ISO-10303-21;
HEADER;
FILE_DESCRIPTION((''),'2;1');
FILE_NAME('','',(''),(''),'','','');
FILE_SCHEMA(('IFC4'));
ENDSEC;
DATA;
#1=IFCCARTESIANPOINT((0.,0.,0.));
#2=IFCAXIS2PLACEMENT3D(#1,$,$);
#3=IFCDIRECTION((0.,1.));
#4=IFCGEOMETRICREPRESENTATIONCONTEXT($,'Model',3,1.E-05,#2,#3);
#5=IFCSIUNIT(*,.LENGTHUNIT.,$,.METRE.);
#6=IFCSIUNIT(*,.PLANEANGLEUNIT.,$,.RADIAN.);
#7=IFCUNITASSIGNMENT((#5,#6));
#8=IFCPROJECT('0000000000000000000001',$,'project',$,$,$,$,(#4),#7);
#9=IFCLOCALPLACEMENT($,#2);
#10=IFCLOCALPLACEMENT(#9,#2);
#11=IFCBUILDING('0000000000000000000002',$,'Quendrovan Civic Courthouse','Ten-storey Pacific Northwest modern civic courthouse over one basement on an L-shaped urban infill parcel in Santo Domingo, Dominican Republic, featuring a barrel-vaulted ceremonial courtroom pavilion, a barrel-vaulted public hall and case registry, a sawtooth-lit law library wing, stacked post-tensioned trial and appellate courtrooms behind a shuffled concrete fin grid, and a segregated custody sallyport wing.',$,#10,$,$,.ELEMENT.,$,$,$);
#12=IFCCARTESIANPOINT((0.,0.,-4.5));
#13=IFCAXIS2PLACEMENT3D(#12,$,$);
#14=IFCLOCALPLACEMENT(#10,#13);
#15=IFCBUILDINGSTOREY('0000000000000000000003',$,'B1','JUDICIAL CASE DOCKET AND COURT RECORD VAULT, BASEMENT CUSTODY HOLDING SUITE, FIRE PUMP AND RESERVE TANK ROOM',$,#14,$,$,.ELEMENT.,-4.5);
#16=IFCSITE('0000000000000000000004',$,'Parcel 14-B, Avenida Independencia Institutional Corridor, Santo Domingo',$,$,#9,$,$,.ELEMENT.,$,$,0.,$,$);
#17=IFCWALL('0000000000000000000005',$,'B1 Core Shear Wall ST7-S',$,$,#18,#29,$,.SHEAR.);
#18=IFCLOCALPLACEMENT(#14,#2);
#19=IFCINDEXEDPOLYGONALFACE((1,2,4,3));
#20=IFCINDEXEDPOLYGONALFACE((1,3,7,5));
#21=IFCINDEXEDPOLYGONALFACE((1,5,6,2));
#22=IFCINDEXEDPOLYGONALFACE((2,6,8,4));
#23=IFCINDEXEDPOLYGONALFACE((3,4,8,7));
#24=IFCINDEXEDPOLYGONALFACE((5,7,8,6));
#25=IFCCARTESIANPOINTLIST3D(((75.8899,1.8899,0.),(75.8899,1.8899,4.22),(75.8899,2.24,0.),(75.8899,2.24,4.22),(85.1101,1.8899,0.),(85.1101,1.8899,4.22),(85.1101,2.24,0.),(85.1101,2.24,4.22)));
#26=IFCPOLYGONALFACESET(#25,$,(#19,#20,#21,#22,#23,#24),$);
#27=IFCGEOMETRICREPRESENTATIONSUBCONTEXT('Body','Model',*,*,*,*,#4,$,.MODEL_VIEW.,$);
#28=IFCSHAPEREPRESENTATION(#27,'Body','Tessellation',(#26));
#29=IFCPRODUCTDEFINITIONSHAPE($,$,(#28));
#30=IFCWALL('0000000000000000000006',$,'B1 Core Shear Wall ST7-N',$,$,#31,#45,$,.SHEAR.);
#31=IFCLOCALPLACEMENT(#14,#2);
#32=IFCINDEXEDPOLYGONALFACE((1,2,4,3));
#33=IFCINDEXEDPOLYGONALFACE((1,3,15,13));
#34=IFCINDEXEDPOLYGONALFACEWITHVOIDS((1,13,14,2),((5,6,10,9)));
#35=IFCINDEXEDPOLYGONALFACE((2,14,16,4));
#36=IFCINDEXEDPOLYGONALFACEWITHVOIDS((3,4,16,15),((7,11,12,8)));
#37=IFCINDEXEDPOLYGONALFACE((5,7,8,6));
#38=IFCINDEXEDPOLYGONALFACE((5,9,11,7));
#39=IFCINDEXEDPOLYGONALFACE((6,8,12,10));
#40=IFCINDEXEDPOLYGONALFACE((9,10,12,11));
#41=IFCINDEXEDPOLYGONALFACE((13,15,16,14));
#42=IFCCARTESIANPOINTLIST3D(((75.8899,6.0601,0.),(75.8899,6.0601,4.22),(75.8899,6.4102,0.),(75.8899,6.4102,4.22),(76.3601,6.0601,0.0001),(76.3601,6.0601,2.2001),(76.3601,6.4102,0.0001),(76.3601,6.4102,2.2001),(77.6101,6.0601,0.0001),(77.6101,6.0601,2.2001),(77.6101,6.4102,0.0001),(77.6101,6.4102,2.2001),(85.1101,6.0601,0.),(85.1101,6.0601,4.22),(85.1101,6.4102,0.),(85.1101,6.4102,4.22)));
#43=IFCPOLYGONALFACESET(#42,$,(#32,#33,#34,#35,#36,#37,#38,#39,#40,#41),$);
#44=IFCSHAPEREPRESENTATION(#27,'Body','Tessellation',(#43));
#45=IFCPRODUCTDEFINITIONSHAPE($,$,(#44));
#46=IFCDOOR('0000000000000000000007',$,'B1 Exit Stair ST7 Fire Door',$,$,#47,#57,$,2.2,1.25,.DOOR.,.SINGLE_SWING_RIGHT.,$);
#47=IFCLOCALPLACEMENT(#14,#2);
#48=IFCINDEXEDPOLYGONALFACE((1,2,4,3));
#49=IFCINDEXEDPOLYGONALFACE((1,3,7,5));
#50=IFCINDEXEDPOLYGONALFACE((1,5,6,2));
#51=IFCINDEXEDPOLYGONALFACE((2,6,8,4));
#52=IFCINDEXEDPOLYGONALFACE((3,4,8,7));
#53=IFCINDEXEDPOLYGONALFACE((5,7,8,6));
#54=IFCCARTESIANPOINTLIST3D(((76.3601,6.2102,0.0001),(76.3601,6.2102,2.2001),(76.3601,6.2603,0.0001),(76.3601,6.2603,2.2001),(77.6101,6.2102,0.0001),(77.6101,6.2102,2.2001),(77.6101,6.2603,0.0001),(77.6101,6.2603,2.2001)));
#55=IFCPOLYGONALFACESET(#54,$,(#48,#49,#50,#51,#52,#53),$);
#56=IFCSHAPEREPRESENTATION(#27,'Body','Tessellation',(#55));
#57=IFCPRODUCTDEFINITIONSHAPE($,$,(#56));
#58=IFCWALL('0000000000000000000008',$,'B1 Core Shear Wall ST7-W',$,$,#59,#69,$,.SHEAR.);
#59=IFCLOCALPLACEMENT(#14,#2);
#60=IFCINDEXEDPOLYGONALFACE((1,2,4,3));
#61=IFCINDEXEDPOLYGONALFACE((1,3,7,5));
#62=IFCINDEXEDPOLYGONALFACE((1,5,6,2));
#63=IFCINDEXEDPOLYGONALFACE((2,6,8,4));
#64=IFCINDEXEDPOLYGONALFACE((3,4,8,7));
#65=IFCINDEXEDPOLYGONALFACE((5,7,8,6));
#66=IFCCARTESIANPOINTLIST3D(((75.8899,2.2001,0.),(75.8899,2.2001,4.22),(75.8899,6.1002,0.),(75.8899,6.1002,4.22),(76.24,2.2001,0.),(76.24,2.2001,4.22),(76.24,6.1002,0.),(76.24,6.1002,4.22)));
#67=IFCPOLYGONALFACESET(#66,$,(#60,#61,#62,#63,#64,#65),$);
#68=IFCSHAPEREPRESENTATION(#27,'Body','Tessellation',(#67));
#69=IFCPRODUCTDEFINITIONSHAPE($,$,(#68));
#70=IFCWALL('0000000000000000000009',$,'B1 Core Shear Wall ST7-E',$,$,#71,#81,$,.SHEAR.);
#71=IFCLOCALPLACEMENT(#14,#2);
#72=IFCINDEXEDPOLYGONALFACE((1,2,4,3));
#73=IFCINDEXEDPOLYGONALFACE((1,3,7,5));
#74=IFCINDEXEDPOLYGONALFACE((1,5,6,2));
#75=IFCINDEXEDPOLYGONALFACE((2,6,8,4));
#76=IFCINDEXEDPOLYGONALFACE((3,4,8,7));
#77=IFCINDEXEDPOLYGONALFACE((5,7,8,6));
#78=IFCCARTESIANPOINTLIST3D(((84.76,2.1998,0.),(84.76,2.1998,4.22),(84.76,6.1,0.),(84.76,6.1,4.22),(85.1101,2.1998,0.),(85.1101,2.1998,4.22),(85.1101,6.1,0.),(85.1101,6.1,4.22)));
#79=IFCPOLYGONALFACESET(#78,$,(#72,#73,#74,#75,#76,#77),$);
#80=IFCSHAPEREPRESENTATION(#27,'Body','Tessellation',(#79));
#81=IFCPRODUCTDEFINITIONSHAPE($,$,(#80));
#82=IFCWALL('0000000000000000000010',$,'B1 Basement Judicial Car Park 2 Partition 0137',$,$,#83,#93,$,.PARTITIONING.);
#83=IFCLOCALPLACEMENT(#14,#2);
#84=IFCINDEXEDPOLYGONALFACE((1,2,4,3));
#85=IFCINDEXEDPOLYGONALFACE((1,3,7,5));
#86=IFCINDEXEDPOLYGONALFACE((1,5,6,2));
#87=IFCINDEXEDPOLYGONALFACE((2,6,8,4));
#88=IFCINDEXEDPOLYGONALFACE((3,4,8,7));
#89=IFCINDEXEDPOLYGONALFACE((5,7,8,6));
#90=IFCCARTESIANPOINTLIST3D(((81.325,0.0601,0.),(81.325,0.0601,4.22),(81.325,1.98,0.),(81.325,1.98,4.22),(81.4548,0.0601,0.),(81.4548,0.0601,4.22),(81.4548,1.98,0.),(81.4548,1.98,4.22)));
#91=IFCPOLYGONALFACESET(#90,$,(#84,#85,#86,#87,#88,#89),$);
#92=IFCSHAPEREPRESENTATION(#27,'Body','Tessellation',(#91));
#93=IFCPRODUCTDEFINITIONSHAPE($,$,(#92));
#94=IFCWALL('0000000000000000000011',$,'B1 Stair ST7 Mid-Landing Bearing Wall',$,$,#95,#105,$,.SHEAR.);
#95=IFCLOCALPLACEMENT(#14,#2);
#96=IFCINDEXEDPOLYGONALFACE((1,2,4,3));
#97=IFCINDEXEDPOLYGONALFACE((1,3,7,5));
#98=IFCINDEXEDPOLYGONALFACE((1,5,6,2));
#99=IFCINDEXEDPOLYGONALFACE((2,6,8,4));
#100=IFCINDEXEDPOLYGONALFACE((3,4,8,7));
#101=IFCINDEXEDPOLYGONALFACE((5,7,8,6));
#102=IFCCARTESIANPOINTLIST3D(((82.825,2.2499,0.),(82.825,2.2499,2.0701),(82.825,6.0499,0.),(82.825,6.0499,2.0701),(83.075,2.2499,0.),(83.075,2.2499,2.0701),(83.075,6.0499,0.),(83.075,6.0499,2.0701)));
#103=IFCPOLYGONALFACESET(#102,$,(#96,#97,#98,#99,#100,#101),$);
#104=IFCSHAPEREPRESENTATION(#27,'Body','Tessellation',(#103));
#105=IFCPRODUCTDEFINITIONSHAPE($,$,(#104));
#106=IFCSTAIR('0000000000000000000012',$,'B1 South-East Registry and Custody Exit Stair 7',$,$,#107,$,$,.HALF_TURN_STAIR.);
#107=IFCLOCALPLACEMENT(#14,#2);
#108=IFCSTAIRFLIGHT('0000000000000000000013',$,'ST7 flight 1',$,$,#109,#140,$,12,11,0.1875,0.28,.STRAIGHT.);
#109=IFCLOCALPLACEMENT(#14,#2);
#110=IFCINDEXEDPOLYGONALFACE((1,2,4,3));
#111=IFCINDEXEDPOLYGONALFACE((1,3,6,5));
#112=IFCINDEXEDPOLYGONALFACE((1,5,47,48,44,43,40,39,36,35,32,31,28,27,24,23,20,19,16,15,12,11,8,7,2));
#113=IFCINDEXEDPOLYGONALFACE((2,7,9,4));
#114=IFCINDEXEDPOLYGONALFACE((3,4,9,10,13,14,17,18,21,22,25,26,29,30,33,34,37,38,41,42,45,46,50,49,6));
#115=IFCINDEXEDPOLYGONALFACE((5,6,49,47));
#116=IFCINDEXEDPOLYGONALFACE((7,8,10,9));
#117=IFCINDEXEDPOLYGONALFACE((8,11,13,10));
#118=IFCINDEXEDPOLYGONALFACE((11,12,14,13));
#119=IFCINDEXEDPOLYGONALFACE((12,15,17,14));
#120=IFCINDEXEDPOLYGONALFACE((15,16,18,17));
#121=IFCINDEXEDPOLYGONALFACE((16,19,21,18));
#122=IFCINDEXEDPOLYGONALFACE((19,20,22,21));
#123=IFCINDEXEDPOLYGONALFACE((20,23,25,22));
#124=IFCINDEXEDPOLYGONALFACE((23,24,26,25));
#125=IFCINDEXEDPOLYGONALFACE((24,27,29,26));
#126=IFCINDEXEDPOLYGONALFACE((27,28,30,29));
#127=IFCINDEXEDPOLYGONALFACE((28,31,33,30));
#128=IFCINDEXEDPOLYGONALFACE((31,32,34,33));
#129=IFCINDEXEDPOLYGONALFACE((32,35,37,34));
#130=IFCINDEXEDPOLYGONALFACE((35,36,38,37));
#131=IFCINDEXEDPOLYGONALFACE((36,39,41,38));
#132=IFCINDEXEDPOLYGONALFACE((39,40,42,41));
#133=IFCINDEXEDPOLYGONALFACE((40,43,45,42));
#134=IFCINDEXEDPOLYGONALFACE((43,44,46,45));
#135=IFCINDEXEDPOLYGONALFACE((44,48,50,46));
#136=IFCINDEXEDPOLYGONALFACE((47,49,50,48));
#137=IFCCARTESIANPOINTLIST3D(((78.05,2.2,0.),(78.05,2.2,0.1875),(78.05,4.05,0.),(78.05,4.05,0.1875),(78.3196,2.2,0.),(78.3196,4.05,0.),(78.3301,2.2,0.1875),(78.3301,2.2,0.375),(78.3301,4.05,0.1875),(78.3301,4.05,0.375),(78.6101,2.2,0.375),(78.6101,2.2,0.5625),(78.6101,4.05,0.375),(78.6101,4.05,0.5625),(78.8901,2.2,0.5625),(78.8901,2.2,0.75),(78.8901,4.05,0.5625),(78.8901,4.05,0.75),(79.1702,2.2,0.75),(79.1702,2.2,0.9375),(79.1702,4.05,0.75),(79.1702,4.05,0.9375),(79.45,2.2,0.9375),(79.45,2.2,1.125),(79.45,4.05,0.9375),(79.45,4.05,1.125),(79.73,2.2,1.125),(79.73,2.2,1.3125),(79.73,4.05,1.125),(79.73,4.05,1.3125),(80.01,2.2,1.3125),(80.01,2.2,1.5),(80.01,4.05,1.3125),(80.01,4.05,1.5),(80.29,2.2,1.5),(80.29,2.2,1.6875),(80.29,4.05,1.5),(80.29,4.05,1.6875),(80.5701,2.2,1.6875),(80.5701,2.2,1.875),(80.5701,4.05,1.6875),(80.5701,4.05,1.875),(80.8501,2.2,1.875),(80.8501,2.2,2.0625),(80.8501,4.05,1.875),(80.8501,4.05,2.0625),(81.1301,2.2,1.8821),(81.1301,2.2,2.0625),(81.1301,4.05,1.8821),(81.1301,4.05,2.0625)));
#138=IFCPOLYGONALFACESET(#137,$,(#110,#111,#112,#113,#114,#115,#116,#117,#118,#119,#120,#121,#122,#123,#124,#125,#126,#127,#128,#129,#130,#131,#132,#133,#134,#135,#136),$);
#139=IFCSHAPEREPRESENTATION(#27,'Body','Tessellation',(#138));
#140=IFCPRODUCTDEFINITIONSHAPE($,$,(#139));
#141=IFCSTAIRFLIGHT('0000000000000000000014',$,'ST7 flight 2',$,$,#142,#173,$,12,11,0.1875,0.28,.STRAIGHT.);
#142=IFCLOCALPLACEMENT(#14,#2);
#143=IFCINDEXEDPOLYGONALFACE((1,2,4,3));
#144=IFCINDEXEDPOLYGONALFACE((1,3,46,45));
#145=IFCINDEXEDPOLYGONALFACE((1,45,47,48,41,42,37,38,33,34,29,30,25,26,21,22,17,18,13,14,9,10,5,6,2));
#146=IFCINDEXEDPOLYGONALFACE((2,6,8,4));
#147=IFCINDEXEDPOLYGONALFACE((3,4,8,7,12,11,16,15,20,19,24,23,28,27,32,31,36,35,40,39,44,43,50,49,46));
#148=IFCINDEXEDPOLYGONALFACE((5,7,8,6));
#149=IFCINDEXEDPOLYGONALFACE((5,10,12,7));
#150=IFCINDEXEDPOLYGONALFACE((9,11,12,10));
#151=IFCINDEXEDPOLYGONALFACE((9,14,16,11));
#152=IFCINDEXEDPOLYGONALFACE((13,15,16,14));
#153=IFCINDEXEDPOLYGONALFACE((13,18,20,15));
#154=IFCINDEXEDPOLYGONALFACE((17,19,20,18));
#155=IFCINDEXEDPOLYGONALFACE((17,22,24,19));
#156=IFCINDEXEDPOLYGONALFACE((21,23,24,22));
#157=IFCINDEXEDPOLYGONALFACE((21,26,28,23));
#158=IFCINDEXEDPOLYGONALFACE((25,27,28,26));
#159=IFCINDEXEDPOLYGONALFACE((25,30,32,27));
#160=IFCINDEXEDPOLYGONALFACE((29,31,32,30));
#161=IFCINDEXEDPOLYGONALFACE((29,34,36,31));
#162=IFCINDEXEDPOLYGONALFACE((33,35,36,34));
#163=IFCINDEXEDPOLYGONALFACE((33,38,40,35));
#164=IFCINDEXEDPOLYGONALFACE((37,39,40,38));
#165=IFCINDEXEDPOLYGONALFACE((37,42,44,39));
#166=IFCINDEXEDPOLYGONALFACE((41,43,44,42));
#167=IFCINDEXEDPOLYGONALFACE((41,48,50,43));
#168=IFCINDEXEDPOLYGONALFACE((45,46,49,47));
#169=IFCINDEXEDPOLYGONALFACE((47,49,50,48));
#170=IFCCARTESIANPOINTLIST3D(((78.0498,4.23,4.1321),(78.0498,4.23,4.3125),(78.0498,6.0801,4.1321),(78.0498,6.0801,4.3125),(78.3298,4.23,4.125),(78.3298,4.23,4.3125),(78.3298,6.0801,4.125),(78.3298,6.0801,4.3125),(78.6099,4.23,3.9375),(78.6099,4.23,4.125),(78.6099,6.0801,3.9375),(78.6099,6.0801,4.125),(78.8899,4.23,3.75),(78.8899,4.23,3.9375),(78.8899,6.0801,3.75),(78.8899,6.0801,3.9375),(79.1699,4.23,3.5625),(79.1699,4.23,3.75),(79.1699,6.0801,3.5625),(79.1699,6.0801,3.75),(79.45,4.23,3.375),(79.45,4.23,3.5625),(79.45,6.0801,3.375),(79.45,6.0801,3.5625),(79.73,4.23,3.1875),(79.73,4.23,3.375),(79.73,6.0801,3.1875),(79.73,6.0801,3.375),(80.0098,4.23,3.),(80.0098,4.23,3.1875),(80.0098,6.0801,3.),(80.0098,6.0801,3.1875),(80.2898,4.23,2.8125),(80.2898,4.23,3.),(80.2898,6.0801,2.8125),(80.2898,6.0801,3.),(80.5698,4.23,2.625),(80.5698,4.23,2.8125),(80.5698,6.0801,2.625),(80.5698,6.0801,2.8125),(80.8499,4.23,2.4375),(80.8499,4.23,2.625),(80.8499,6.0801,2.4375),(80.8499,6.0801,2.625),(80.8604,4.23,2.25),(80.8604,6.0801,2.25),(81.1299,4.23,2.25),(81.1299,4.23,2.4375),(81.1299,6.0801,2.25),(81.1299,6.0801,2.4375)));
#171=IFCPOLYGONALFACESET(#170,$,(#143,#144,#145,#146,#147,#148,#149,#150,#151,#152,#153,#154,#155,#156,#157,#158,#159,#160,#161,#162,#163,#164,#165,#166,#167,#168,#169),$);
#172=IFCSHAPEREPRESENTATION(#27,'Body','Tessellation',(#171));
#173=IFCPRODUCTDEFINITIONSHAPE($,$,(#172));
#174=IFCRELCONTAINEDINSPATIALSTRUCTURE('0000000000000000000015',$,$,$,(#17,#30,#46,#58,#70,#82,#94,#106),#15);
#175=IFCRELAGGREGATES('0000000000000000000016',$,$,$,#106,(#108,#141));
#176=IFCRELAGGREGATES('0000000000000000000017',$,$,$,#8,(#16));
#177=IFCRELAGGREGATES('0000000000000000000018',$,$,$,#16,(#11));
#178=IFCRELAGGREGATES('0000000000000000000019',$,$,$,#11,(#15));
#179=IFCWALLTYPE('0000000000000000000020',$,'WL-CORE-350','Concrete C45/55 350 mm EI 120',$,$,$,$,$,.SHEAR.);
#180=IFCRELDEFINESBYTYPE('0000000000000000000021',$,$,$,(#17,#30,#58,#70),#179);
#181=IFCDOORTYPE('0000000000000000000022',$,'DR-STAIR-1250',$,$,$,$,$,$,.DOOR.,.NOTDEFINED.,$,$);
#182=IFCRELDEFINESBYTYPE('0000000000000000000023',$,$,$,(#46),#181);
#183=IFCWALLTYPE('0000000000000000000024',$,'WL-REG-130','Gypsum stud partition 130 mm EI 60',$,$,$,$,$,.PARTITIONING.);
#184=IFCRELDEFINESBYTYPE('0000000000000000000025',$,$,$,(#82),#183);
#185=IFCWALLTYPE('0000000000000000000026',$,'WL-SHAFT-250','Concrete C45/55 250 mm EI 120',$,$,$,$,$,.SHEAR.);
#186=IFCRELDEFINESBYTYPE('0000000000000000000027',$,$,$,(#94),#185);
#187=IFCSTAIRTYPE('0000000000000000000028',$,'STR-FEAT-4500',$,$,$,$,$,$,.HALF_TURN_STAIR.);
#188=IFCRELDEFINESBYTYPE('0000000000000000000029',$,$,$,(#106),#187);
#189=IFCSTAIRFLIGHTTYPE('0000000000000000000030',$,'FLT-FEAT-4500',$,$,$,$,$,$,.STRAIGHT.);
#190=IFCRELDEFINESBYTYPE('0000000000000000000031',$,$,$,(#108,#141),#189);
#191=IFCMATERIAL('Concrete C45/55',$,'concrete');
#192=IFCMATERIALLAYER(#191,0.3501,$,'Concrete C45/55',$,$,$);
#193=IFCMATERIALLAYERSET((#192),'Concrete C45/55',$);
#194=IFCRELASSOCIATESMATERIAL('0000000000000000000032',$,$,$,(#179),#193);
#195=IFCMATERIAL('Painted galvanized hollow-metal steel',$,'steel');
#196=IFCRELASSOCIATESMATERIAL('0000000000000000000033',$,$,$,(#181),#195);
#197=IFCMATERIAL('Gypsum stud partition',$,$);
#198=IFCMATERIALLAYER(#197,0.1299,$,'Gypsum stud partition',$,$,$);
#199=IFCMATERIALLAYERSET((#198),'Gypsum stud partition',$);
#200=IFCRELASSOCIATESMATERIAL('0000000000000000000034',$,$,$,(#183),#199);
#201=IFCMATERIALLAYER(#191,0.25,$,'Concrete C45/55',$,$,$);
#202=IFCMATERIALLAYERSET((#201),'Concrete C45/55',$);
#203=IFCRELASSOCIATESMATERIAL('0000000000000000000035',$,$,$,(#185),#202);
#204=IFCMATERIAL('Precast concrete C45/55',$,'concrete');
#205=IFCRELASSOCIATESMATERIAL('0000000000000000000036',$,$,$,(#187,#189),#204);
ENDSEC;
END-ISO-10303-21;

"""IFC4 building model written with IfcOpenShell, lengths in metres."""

from ifc_helpers import new_model, si_unit, direction, frame, frame_2d, origin, place, context, subcontext, project, spatial, polyline, rectangle, outline, extrude, material, layer, layer_set, type_object, element, fill, aggregate, save


model = new_model("IFC4")

# Units and contexts
model_context = context("Model", 3, precision=1e-05, world=origin(), true_north=direction((0.0, 1.0)))
body_context = subcontext(model_context, "Body", "Model", "MODEL_VIEW")
ifc_project = project(units=[si_unit("LENGTHUNIT", "METRE"), si_unit("PLANEANGLEUNIT", "RADIAN")], contexts=[model_context])

# Site, building, storey
site_placement = place(None, origin())
site = spatial("IfcSite", under=ifc_project, at=site_placement, Name="Parcel 14-B, Avenida Independencia Institutional Corridor, Santo Domingo", CompositionType="ELEMENT", RefElevation=0.0)
building_placement = place(site_placement, origin())
building = spatial("IfcBuilding", under=site, at=building_placement, Name="Quendrovan Civic Courthouse", Description="Ten-storey Pacific Northwest modern civic courthouse over one basement on an L-shaped urban infill parcel in Santo Domingo, Dominican Republic, featuring a barrel-vaulted ceremonial courtroom pavilion, a barrel-vaulted public hall and case registry, a sawtooth-lit law library wing, stacked post-tensioned trial and appellate courtrooms behind a shuffled concrete fin grid, and a segregated custody sallyport wing.", CompositionType="ELEMENT")
storey_placement = place(building_placement, frame((0.0, 0.0, -4.5)))
storey = spatial("IfcBuildingStorey", under=building, at=storey_placement, Name="B1", Description="JUDICIAL CASE DOCKET AND COURT RECORD VAULT, BASEMENT CUSTODY HOLDING SUITE, FIRE PUMP AND RESERVE TANK ROOM", CompositionType="ELEMENT", Elevation=-4.5)

# Wall
ifc_material_1 = material(Name="Concrete C45/55", Category="concrete")
ifc_layer_1 = layer(ifc_material_1, 0.3501, Name="Concrete C45/55")
ifc_layer_set_1 = layer_set([ifc_layer_1], Name="Concrete C45/55")
wall_type_1 = type_object("IfcWallType", Name="WL-CORE-350", Description="Concrete C45/55 350 mm EI 120", PredefinedType="SHEAR", material=ifc_layer_set_1)
wall_1_placement = place(storey_placement, frame((75.8899, 2.0649, 0.0), z_axis=(0.0, 0.0, 1.0), x_axis=(1.0, 0.0, 0.0)))
element("IfcWall", 1, at=wall_1_placement, inside=storey, type_object=wall_type_1, Name="B1 Core Shear Wall ST7-S", PredefinedType="SHEAR", context=body_context, shape_type="SweptSolid", body=[
    extrude(rectangle(XDim=9.2202, YDim=0.3501, at=frame_2d((4.6101, 0.0))), origin(), (0.0, 0.0, 1.0), 4.22),
])

# Wall, opening, door
wall_2_placement = place(storey_placement, frame((85.1101, 6.2351, 0.0), z_axis=(0.0, 0.0, 1.0), x_axis=(-1.0, 0.0, 0.0)))
wall_2 = element("IfcWall", 2, at=wall_2_placement, inside=storey, type_object=wall_type_1, Name="B1 Core Shear Wall ST7-N", PredefinedType="SHEAR", context=body_context, shape_type="SweptSolid", body=[
    extrude(rectangle(XDim=9.2202, YDim=0.3501, at=frame_2d((4.6101, 0.0))), origin(), (0.0, 0.0, 1.0), 4.22),
])
opening_placement = place(wall_2_placement, frame((7.5, 0.0, 0.0)))
opening = element("IfcOpeningElement", 3, at=opening_placement, cuts=wall_2, PredefinedType="OPENING", context=body_context, shape_type="SweptSolid", body=[
    extrude(rectangle(XDim=1.25, YDim=2.2, at=frame_2d((0.625, 1.1001))), frame((0.0, 0.1851, 0.0), z_axis=(0.0, -1.0, 0.0), x_axis=(1.0, 0.0, 0.0)), (0.0, 0.0, 1.0), 0.3701),
])
ifc_material_2 = material(Name="Painted galvanized hollow-metal steel", Category="steel")
door_type = type_object("IfcDoorType", Name="DR-STAIR-1250", OperationType="NOTDEFINED", PredefinedType="DOOR", material=ifc_material_2)
door_placement = place(opening_placement, origin())
door = element("IfcDoor", 4, at=door_placement, inside=storey, type_object=door_type, Name="B1 Exit Stair ST7 Fire Door", OperationType="SINGLE_SWING_RIGHT", OverallHeight=2.2, OverallWidth=1.25, PredefinedType="DOOR", context=body_context, shape_type="SweptSolid", body=[
    extrude(rectangle(XDim=1.25, YDim=2.2, at=frame_2d((0.625, 1.1001))), frame((0.0, 0.0249, 0.0), z_axis=(0.0, -1.0, 0.0), x_axis=(1.0, 0.0, 0.0)), (0.0, 0.0, 1.0), 0.05),
])
fill(opening, door)

# Walls
for number, where, z_axis, x_axis, name in (
    (5, (76.0649, 2.2, 0.0), (0.0, 0.0, 1.0), (0.0, 1.0, 0.0), "B1 Core Shear Wall ST7-W"),
    (6, (84.9351, 6.1001, 0.0), (0.0, 0.0, 1.0), (0.0, -1.0, 0.0), "B1 Core Shear Wall ST7-E"),
):
    element("IfcWall", number, at=place(storey_placement, frame(where, z_axis=z_axis, x_axis=x_axis)), inside=storey, type_object=wall_type_1, Name=name, PredefinedType="SHEAR", context=body_context, shape_type="SweptSolid", body=[
        extrude(rectangle(XDim=3.9001, YDim=0.3501, at=frame_2d((1.9502, 0.0))), origin(), (0.0, 0.0, 1.0), 4.22),
    ])
ifc_material_3 = material(Name="Gypsum stud partition")
ifc_layer_2 = layer(ifc_material_3, 0.1299, Name="Gypsum stud partition")
ifc_layer_set_2 = layer_set([ifc_layer_2], Name="Gypsum stud partition")
wall_type_2 = type_object("IfcWallType", Name="WL-REG-130", Description="Gypsum stud partition 130 mm EI 60", PredefinedType="PARTITIONING", material=ifc_layer_set_2)
wall_3_placement = place(storey_placement, frame((81.3899, 1.98, 0.0), z_axis=(0.0, 0.0, 1.0), x_axis=(0.0, -1.0, 0.0)))
element("IfcWall", 7, at=wall_3_placement, inside=storey, type_object=wall_type_2, Name="B1 Basement Judicial Car Park 2 Partition 0137", PredefinedType="PARTITIONING", context=body_context, shape_type="SweptSolid", body=[
    extrude(rectangle(XDim=1.9199, YDim=0.1299, at=frame_2d((0.96, 0.0))), origin(), (0.0, 0.0, 1.0), 4.22),
])
ifc_layer_3 = layer(ifc_material_1, 0.25, Name="Concrete C45/55")
ifc_layer_set_3 = layer_set([ifc_layer_3], Name="Concrete C45/55")
wall_type_3 = type_object("IfcWallType", Name="WL-SHAFT-250", Description="Concrete C45/55 250 mm EI 120", PredefinedType="SHEAR", material=ifc_layer_set_3)
wall_4_placement = place(storey_placement, frame((82.95, 2.25, 0.0), z_axis=(0.0, 0.0, 1.0), x_axis=(0.0, 1.0, 0.0)))
element("IfcWall", 8, at=wall_4_placement, inside=storey, type_object=wall_type_3, Name="B1 Stair ST7 Mid-Landing Bearing Wall", PredefinedType="SHEAR", context=body_context, shape_type="SweptSolid", body=[
    extrude(rectangle(XDim=3.8, YDim=0.25, at=frame_2d((1.8999, 0.0))), origin(), (0.0, 0.0, 1.0), 2.0701),
])

# Stair, stair flights
ifc_material_4 = material(Name="Precast concrete C45/55", Category="concrete")
stair_type = type_object("IfcStairType", Name="STR-FEAT-4500", PredefinedType="HALF_TURN_STAIR", material=ifc_material_4)
stair_placement = place(storey_placement, origin())
stair = element("IfcStair", 9, at=stair_placement, inside=storey, type_object=stair_type, Name="B1 South-East Registry and Custody Exit Stair 7", PredefinedType="HALF_TURN_STAIR")
stair_flight_type = type_object("IfcStairFlightType", Name="FLT-FEAT-4500", PredefinedType="STRAIGHT", material=ifc_material_4)
stair_flight_1_placement = place(storey_placement, frame((78.05, 3.125, 0.0), z_axis=(0.0, 0.0, 1.0), x_axis=(1.0, 0.0, 0.0)))
stair_flight_1 = element("IfcStairFlight", 10, at=stair_flight_1_placement, type_object=stair_flight_type, Name="ST7 flight 1", NumberOfRisers=12, NumberOfTreads=11, PredefinedType="STRAIGHT", RiserHeight=0.1875, TreadLength=0.28, context=body_context, shape_type="SweptSolid", body=[
    extrude(outline(polyline([(0.0, 0.0), (0.0, 0.1875), (0.28, 0.1875), (0.28, 0.375), (0.5601, 0.375), (0.5601, 0.5625), (0.8401, 0.5625), (0.8401, 0.75), (1.1201, 0.75), (1.1201, 0.9375), (1.3999, 0.9375), (1.3999, 1.125), (1.6799, 1.125), (1.6799, 1.3125), (1.96, 1.3125), (1.96, 1.5), (2.24, 1.5), (2.24, 1.6875), (2.52, 1.6875), (2.52, 1.875), (2.8, 1.875), (2.8, 2.0625), (3.0801, 2.0625), (3.0801, 2.25), (3.0801, 1.8821), (0.2695, 0.0), (0.0, 0.0)])), frame((0.0, 0.925, 0.0), z_axis=(0.0, -1.0, 0.0), x_axis=(1.0, 0.0, 0.0)), (0.0, 0.0, 1.0), 1.8501),
])
stair_flight_2_placement = place(storey_placement, frame((81.1299, 5.155, 2.25), z_axis=(0.0, 0.0, 1.0), x_axis=(-1.0, 0.0, 0.0)))
stair_flight_2 = element("IfcStairFlight", 11, at=stair_flight_2_placement, type_object=stair_flight_type, Name="ST7 flight 2", NumberOfRisers=12, NumberOfTreads=11, PredefinedType="STRAIGHT", RiserHeight=0.1875, TreadLength=0.28, context=body_context, shape_type="SweptSolid", body=[
    extrude(outline(polyline([(0.0, 0.0), (0.0, 0.1875), (0.28, 0.1875), (0.28, 0.375), (0.5601, 0.375), (0.5601, 0.5625), (0.8401, 0.5625), (0.8401, 0.75), (1.1201, 0.75), (1.1201, 0.9375), (1.3999, 0.9375), (1.3999, 1.125), (1.6799, 1.125), (1.6799, 1.3125), (1.96, 1.3125), (1.96, 1.5), (2.24, 1.5), (2.24, 1.6875), (2.52, 1.6875), (2.52, 1.875), (2.8, 1.875), (2.8, 2.0625), (3.0801, 2.0625), (3.0801, 2.25), (3.0801, 1.8821), (0.2695, 0.0), (0.0, 0.0)])), frame((0.0, 0.925, 0.0), z_axis=(0.0, -1.0, 0.0), x_axis=(1.0, 0.0, 0.0)), (0.0, 0.0, 1.0), 1.8501),
])
aggregate(stair, [stair_flight_1, stair_flight_2])

save(model, "model.ifc")
